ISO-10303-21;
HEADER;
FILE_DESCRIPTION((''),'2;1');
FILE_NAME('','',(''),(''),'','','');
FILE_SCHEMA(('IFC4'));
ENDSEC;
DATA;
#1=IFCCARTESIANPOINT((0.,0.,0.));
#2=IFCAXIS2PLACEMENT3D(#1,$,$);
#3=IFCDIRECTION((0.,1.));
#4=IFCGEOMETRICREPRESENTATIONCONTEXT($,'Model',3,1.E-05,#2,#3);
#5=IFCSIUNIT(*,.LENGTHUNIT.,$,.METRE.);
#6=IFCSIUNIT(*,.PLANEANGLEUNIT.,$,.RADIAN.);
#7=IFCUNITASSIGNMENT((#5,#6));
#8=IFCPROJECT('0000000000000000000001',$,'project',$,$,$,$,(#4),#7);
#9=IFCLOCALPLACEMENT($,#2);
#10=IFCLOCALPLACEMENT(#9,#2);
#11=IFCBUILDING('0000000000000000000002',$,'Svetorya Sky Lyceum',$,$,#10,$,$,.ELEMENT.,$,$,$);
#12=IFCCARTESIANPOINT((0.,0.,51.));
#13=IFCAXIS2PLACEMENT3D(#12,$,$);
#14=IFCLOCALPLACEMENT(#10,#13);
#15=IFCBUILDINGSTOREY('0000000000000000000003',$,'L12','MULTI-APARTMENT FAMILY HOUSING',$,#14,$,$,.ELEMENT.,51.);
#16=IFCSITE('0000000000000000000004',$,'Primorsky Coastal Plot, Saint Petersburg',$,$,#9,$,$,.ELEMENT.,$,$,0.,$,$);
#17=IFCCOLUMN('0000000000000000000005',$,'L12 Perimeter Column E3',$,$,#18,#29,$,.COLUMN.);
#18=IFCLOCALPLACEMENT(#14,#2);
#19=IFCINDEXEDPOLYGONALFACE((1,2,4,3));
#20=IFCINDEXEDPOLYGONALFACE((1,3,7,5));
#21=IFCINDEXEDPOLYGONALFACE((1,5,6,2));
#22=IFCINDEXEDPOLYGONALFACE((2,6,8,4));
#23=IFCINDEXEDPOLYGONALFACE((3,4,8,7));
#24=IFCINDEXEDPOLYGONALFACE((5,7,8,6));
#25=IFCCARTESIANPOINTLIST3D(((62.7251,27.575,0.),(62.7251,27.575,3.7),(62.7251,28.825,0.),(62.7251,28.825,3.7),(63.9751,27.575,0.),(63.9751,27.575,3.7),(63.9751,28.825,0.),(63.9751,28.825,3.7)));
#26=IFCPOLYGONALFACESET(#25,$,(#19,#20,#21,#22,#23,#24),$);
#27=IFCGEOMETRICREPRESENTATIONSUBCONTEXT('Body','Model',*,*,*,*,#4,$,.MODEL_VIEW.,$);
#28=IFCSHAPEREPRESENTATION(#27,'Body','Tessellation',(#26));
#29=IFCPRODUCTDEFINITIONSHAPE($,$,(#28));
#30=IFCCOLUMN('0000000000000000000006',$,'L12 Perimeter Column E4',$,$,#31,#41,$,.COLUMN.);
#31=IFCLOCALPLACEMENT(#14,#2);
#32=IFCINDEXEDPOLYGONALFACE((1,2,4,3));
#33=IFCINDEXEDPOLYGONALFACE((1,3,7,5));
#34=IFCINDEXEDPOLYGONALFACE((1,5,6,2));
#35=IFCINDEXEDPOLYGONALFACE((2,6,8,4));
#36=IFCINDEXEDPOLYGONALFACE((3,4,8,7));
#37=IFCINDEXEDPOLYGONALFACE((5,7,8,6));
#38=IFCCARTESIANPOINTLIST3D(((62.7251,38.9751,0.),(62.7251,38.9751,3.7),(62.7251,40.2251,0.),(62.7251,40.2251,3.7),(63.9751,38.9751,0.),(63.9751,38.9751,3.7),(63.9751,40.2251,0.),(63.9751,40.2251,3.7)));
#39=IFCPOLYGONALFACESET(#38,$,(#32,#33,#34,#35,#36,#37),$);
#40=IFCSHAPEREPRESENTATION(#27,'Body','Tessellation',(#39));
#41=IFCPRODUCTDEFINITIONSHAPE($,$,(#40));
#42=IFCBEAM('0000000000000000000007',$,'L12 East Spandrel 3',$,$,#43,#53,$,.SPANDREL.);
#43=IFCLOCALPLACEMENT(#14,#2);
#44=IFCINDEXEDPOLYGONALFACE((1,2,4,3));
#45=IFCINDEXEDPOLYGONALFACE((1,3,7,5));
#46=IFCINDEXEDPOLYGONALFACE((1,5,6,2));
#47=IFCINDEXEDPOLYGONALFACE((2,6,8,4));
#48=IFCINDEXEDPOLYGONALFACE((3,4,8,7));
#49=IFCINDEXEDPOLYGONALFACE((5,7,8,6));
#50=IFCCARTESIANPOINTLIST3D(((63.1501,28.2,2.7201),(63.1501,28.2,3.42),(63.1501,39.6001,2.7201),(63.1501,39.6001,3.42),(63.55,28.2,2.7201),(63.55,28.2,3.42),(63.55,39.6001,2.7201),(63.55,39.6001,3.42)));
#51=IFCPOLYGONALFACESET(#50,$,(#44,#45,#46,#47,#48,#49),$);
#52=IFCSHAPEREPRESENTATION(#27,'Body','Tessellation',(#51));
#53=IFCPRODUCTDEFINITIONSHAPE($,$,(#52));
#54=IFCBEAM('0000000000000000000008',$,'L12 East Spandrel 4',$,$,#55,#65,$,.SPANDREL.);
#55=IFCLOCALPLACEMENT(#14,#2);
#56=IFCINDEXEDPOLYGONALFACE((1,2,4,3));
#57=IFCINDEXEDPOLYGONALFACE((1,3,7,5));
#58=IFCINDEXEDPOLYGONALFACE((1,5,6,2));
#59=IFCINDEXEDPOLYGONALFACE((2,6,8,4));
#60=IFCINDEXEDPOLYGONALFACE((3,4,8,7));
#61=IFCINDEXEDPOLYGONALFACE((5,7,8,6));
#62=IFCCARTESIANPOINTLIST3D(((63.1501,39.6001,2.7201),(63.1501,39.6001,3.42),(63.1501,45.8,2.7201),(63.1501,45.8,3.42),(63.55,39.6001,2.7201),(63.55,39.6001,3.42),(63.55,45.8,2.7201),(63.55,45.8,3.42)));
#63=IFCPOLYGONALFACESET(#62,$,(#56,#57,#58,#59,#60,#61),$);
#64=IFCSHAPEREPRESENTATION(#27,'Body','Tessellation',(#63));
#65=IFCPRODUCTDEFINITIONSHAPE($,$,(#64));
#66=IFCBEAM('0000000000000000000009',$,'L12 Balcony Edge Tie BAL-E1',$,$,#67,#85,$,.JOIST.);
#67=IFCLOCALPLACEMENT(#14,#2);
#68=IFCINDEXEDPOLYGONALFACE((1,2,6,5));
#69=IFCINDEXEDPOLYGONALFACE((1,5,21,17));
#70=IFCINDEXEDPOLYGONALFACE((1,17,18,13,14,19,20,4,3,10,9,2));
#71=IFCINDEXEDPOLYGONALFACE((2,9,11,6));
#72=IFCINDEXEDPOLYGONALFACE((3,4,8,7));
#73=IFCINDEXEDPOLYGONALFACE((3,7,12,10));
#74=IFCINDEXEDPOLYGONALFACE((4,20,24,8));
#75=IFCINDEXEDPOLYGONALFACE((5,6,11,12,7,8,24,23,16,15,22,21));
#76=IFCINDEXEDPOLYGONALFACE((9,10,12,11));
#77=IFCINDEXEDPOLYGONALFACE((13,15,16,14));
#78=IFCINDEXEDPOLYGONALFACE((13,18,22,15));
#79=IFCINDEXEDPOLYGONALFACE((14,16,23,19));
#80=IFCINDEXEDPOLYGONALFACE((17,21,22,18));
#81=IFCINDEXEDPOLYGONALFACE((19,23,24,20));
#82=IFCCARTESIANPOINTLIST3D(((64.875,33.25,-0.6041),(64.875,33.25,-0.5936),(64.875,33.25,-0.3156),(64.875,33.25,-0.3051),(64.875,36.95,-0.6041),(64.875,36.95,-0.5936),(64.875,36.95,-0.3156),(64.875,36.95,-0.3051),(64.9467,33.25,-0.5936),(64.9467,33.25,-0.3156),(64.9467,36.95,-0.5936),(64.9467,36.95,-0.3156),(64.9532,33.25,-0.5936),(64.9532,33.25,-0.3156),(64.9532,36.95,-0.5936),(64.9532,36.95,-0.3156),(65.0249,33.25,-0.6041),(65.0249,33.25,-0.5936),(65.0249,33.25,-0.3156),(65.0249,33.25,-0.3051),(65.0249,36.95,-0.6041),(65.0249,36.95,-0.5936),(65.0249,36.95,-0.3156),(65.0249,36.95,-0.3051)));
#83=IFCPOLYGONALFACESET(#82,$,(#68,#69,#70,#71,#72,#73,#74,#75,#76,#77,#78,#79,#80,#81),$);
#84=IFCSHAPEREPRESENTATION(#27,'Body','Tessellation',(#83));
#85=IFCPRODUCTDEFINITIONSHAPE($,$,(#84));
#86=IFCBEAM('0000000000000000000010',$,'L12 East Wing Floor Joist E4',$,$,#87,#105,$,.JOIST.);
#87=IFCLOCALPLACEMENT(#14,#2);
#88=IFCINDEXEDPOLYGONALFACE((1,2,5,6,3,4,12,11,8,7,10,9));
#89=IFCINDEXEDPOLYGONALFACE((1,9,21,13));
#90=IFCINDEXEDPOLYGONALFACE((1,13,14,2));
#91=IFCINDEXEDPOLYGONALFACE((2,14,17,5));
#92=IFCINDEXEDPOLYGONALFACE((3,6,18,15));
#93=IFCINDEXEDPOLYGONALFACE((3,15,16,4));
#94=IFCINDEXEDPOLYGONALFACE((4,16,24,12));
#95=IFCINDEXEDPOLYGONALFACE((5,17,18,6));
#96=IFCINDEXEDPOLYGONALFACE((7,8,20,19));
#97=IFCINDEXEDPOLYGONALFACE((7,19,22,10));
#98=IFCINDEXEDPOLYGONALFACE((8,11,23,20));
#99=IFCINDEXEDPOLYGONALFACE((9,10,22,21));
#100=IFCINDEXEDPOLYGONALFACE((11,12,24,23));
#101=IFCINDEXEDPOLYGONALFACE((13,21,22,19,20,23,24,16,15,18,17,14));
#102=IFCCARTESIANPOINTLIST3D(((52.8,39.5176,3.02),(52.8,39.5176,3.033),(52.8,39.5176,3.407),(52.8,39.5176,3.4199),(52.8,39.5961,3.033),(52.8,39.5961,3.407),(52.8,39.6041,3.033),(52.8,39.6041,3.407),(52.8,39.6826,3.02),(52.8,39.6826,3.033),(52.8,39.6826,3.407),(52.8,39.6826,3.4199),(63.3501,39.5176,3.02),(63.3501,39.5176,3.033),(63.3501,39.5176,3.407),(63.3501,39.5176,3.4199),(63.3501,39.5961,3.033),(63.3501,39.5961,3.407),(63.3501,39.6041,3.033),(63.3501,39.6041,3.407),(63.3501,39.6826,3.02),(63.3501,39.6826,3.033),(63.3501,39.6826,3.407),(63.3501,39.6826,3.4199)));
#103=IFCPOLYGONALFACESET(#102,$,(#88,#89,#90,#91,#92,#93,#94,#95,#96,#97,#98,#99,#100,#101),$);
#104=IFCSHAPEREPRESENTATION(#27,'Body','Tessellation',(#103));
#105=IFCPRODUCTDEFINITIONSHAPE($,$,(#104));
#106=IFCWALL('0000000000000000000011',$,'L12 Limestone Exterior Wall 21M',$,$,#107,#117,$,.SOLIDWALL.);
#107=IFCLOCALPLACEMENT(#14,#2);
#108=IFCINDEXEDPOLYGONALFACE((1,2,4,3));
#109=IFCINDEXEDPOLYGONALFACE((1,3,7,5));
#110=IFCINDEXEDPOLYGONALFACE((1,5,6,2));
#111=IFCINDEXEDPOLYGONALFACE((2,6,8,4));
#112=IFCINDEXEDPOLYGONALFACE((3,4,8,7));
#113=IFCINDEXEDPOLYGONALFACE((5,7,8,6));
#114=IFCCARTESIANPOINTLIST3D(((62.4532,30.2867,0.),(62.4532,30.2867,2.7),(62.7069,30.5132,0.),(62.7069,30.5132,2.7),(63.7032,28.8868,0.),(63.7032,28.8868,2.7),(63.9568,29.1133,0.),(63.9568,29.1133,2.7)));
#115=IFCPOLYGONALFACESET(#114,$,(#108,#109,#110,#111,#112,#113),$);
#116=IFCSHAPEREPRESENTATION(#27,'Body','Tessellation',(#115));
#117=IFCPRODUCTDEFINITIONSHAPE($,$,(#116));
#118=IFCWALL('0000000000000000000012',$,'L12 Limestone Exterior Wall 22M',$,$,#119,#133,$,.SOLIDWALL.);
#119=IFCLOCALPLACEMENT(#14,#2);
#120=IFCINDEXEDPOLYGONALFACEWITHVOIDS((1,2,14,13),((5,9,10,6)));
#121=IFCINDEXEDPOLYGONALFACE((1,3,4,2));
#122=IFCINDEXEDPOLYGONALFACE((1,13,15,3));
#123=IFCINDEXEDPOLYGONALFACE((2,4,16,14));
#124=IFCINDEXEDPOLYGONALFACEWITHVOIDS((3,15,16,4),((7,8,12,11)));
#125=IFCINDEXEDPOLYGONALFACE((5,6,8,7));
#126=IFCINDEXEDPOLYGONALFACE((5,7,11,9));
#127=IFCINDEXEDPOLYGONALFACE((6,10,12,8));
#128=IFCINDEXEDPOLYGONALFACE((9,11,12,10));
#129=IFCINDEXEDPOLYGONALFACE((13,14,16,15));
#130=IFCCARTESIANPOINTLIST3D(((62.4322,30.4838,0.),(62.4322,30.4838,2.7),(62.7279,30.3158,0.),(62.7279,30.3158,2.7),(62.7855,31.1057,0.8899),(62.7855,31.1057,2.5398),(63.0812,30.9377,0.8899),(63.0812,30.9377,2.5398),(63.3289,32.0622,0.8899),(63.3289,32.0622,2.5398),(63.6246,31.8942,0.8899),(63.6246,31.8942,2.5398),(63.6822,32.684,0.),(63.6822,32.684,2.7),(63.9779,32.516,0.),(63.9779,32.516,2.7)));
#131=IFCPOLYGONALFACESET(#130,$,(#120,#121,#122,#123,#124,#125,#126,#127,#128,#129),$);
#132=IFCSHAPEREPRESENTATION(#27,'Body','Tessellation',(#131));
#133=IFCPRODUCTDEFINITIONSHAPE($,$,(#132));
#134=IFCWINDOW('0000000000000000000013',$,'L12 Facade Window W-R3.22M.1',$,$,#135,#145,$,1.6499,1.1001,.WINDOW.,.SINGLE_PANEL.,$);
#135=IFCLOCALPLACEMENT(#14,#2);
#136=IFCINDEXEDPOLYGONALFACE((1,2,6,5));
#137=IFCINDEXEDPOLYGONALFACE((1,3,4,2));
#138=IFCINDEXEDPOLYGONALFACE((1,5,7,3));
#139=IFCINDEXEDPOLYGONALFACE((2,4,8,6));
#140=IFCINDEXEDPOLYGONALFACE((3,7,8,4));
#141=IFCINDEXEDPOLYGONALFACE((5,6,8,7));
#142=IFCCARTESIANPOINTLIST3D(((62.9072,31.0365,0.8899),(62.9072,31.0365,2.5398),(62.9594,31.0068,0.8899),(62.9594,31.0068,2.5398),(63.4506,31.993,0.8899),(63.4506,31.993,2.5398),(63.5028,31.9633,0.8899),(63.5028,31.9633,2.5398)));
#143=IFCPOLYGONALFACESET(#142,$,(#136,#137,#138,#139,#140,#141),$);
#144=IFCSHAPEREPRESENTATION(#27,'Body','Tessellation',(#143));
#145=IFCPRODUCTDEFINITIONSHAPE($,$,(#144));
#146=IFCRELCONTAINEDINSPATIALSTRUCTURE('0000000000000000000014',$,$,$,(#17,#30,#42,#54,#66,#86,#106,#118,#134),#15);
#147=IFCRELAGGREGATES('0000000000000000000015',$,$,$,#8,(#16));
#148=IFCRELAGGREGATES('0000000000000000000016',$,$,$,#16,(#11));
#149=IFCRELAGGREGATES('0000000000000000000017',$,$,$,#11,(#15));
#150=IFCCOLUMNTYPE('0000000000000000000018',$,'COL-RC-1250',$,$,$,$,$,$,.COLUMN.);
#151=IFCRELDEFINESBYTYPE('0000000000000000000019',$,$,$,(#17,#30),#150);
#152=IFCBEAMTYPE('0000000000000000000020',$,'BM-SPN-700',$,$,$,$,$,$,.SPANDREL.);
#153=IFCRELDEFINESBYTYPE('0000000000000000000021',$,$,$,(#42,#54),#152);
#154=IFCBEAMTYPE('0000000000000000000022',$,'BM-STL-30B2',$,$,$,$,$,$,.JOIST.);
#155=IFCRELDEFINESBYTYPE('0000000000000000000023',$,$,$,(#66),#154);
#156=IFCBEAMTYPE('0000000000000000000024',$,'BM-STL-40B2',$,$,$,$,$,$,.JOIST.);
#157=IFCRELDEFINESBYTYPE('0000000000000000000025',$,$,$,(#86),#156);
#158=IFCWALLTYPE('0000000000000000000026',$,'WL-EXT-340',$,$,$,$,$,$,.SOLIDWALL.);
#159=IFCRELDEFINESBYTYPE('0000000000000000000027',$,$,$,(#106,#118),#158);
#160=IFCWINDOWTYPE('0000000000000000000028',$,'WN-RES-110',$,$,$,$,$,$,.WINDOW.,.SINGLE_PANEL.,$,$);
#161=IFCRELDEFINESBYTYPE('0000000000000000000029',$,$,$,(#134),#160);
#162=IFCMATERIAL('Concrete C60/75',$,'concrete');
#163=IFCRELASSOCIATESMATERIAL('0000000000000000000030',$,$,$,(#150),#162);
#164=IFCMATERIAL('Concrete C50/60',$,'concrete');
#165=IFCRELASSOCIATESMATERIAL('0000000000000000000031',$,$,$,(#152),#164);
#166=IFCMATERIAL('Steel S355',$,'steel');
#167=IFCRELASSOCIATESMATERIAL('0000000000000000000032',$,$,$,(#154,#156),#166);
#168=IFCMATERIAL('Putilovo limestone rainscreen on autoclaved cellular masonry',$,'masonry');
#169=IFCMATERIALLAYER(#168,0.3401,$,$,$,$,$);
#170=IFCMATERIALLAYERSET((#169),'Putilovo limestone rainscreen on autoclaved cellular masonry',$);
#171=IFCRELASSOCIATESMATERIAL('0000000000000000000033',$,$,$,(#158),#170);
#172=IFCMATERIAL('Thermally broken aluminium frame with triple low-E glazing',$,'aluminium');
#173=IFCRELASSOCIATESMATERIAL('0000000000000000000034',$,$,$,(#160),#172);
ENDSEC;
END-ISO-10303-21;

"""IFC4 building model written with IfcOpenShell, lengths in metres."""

from ifc_helpers import new_model, si_unit, direction, frame, frame_2d, origin, origin_2d, place, context, subcontext, project, spatial, rectangle, i_section, extrude, material, layer, layer_set, material_profile, profile_set, type_object, element, fill, save


model = new_model("IFC4")

# Units and contexts
model_context = context("Model", 3, precision=1e-05, world=origin(), true_north=direction((0.0, 1.0)))
body_context = subcontext(model_context, "Body", "Model", "MODEL_VIEW")
ifc_project = project(units=[si_unit("LENGTHUNIT", "METRE"), si_unit("PLANEANGLEUNIT", "RADIAN")], contexts=[model_context])

# Site, building, storey
site_placement = place(None, origin())
site = spatial("IfcSite", under=ifc_project, at=site_placement, Name="Primorsky Coastal Plot, Saint Petersburg", CompositionType="ELEMENT", RefElevation=0.0)
building_placement = place(site_placement, origin())
building = spatial("IfcBuilding", under=site, at=building_placement, Name="Svetorya Sky Lyceum", CompositionType="ELEMENT")
storey_placement = place(building_placement, frame((0.0, 0.0, 51.0)))
storey = spatial("IfcBuildingStorey", under=building, at=storey_placement, Name="L12", Description="MULTI-APARTMENT FAMILY HOUSING", CompositionType="ELEMENT", Elevation=51.0)

# Columns
ifc_material_1 = material(Name="Concrete C60/75", Category="concrete")
ifc_material_profile_1 = material_profile(ifc_material_1, rectangle(XDim=1.25, YDim=1.25, at=origin_2d()), Name="RC COL 1250x1250")
ifc_profile_set_1 = profile_set([ifc_material_profile_1], Name="Concrete C60/75")
column_type = type_object("IfcColumnType", Name="COL-RC-1250", PredefinedType="COLUMN", material=ifc_profile_set_1)
for number, where, z_axis, x_axis, name in (
    (1, (63.3501, 28.2, 0.0), (0.0, 0.0, 1.0), (1.0, 0.0, 0.0), "L12 Perimeter Column E3"),
    (2, (63.3501, 39.6001, 0.0), (0.0, 0.0, 1.0), (1.0, 0.0, 0.0), "L12 Perimeter Column E4"),
):
    element("IfcColumn", number, at=place(storey_placement, frame(where, z_axis=z_axis, x_axis=x_axis)), inside=storey, type_object=column_type, Name=name, PredefinedType="COLUMN", context=body_context, shape_type="SweptSolid", body=[
        extrude(rectangle(XDim=1.25, YDim=1.25, at=origin_2d()), origin(), (0.0, 0.0, 1.0), 3.7),
    ])

# Beams
ifc_material_2 = material(Name="Concrete C50/60", Category="concrete")
ifc_material_profile_2 = material_profile(ifc_material_2, rectangle(XDim=0.3999, YDim=0.7, at=origin_2d()), Name="RC SPANDREL 400x700")
ifc_profile_set_2 = profile_set([ifc_material_profile_2], Name="Concrete C50/60")
beam_type_1 = type_object("IfcBeamType", Name="BM-SPN-700", PredefinedType="SPANDREL", material=ifc_profile_set_2)
beam_1_placement = place(storey_placement, frame((63.3501, 28.2, 3.0701), z_axis=(0.0, 1.0, 0.0), x_axis=(-1.0, 0.0, 0.0)))
element("IfcBeam", 3, at=beam_1_placement, inside=storey, type_object=beam_type_1, Name="L12 East Spandrel 3", PredefinedType="SPANDREL", context=body_context, shape_type="SweptSolid", body=[
    extrude(rectangle(XDim=0.3999, YDim=0.7, at=origin_2d()), origin(), (0.0, 0.0, 1.0), 11.4001),
])
beam_2_placement = place(storey_placement, frame((63.3501, 39.6001, 3.0701), z_axis=(0.0, 1.0, 0.0), x_axis=(-1.0, 0.0, 0.0)))
element("IfcBeam", 4, at=beam_2_placement, inside=storey, type_object=beam_type_1, Name="L12 East Spandrel 4", PredefinedType="SPANDREL", context=body_context, shape_type="SweptSolid", body=[
    extrude(rectangle(XDim=0.3999, YDim=0.7, at=origin_2d()), origin(), (0.0, 0.0, 1.0), 6.2),
])
ifc_material_3 = material(Name="Steel S355", Category="steel")
ifc_material_profile_3 = material_profile(ifc_material_3, i_section(OverallWidth=0.1499, OverallDepth=0.2991, WebThickness=0.0066, FlangeThickness=0.0105, at=origin_2d()), Name="GOST 30B2")
ifc_profile_set_3 = profile_set([ifc_material_profile_3], Name="Steel S355")
beam_type_2 = type_object("IfcBeamType", Name="BM-STL-30B2", PredefinedType="JOIST", material=ifc_profile_set_3)
beam_3_placement = place(storey_placement, frame((64.95, 33.25, -0.4546), z_axis=(0.0, 1.0, 0.0), x_axis=(-1.0, 0.0, 0.0)))
element("IfcBeam", 5, at=beam_3_placement, inside=storey, type_object=beam_type_2, Name="L12 Balcony Edge Tie BAL-E1", PredefinedType="JOIST", context=body_context, shape_type="SweptSolid", body=[
    extrude(i_section(OverallWidth=0.1499, OverallDepth=0.2991, WebThickness=0.0066, FlangeThickness=0.0105, at=origin_2d()), origin(), (0.0, 0.0, 1.0), 3.7),
])
ifc_material_profile_4 = material_profile(ifc_material_3, i_section(OverallWidth=0.165, OverallDepth=0.3999, WebThickness=0.0081, FlangeThickness=0.0129, at=origin_2d()), Name="GOST 40B2")
ifc_profile_set_4 = profile_set([ifc_material_profile_4], Name="Steel S355")
beam_type_3 = type_object("IfcBeamType", Name="BM-STL-40B2", PredefinedType="JOIST", material=ifc_profile_set_4)
beam_4_placement = place(storey_placement, frame((52.8, 39.6001, 3.22), z_axis=(1.0, 0.0, 0.0), x_axis=(0.0, 1.0, 0.0)))
element("IfcBeam", 6, at=beam_4_placement, inside=storey, type_object=beam_type_3, Name="L12 East Wing Floor Joist E4", PredefinedType="JOIST", context=body_context, shape_type="SweptSolid", body=[
    extrude(i_section(OverallWidth=0.165, OverallDepth=0.3999, WebThickness=0.0081, FlangeThickness=0.0129, at=origin_2d()), origin(), (0.0, 0.0, 1.0), 10.55),
])

# Wall
ifc_material_4 = material(Name="Putilovo limestone rainscreen on autoclaved cellular masonry", Category="masonry")
ifc_layer_1 = layer(ifc_material_4, 0.3401)
ifc_layer_set_1 = layer_set([ifc_layer_1], Name="Putilovo limestone rainscreen on autoclaved cellular masonry")
wall_type_1 = type_object("IfcWallType", Name="WL-EXT-340", PredefinedType="SOLIDWALL", material=ifc_layer_set_1)
wall_1_placement = place(storey_placement, frame((63.8301, 29.0, 0.0), z_axis=(0.0, 0.0, 1.0), x_axis=(-0.666042, 0.745915, 0.0)))
element("IfcWall", 7, at=wall_1_placement, inside=storey, type_object=wall_type_1, Name="L12 Limestone Exterior Wall 21M", PredefinedType="SOLIDWALL", context=body_context, shape_type="SweptSolid", body=[
    extrude(rectangle(XDim=1.8767, YDim=0.3401, at=frame_2d((0.9385, 0.0))), origin(), (0.0, 0.0, 1.0), 2.7),
])

# Wall, opening, window
wall_2_placement = place(storey_placement, frame((62.5801, 30.3999, 0.0), z_axis=(0.0, 0.0, 1.0), x_axis=(0.493976, 0.869475, 0.0)))
wall_2 = element("IfcWall", 8, at=wall_2_placement, inside=storey, type_object=wall_type_1, Name="L12 Limestone Exterior Wall 22M", PredefinedType="SOLIDWALL", context=body_context, shape_type="SweptSolid", body=[
    extrude(rectangle(XDim=2.5305, YDim=0.3401, at=frame_2d((1.2651, 0.0))), origin(), (0.0, 0.0, 1.0), 2.7),
])
opening_1_placement = place(wall_2_placement, frame((0.7151, 0.0, 0.8899)))
opening_1 = element("IfcOpeningElement", 9, at=opening_1_placement, cuts=wall_2, PredefinedType="OPENING", context=body_context, shape_type="SweptSolid", body=[
    extrude(rectangle(XDim=1.1001, YDim=1.6499, at=frame_2d((0.55, 0.825))), frame((0.0, 0.1799, 0.0), z_axis=(0.0, -1.0, 0.0), x_axis=(1.0, 0.0, 0.0)), (0.0, 0.0, 1.0), 0.3601),
])
ifc_material_5 = material(Name="Thermally broken aluminium frame with triple low-E glazing", Category="aluminium")
window_type_1 = type_object("IfcWindowType", Name="WN-RES-110", PartitioningType="SINGLE_PANEL", PredefinedType="WINDOW", material=ifc_material_5)
window_1_placement = place(opening_1_placement, origin())
window_1 = element("IfcWindow", 10, at=window_1_placement, inside=storey, type_object=window_type_1, Name="L12 Facade Window W-R3.22M.1", OverallHeight=1.6499, OverallWidth=1.1001, PartitioningType="SINGLE_PANEL", PredefinedType="WINDOW", context=body_context, shape_type="SweptSolid", body=[
    extrude(rectangle(XDim=1.1001, YDim=1.6499, at=frame_2d((0.55, 0.825))), frame((0.0, 0.03, 0.0), z_axis=(0.0, -1.0, 0.0), x_axis=(1.0, 0.0, 0.0)), (0.0, 0.0, 1.0), 0.0601),
])
fill(opening_1, window_1)

save(model, "model.ifc")
